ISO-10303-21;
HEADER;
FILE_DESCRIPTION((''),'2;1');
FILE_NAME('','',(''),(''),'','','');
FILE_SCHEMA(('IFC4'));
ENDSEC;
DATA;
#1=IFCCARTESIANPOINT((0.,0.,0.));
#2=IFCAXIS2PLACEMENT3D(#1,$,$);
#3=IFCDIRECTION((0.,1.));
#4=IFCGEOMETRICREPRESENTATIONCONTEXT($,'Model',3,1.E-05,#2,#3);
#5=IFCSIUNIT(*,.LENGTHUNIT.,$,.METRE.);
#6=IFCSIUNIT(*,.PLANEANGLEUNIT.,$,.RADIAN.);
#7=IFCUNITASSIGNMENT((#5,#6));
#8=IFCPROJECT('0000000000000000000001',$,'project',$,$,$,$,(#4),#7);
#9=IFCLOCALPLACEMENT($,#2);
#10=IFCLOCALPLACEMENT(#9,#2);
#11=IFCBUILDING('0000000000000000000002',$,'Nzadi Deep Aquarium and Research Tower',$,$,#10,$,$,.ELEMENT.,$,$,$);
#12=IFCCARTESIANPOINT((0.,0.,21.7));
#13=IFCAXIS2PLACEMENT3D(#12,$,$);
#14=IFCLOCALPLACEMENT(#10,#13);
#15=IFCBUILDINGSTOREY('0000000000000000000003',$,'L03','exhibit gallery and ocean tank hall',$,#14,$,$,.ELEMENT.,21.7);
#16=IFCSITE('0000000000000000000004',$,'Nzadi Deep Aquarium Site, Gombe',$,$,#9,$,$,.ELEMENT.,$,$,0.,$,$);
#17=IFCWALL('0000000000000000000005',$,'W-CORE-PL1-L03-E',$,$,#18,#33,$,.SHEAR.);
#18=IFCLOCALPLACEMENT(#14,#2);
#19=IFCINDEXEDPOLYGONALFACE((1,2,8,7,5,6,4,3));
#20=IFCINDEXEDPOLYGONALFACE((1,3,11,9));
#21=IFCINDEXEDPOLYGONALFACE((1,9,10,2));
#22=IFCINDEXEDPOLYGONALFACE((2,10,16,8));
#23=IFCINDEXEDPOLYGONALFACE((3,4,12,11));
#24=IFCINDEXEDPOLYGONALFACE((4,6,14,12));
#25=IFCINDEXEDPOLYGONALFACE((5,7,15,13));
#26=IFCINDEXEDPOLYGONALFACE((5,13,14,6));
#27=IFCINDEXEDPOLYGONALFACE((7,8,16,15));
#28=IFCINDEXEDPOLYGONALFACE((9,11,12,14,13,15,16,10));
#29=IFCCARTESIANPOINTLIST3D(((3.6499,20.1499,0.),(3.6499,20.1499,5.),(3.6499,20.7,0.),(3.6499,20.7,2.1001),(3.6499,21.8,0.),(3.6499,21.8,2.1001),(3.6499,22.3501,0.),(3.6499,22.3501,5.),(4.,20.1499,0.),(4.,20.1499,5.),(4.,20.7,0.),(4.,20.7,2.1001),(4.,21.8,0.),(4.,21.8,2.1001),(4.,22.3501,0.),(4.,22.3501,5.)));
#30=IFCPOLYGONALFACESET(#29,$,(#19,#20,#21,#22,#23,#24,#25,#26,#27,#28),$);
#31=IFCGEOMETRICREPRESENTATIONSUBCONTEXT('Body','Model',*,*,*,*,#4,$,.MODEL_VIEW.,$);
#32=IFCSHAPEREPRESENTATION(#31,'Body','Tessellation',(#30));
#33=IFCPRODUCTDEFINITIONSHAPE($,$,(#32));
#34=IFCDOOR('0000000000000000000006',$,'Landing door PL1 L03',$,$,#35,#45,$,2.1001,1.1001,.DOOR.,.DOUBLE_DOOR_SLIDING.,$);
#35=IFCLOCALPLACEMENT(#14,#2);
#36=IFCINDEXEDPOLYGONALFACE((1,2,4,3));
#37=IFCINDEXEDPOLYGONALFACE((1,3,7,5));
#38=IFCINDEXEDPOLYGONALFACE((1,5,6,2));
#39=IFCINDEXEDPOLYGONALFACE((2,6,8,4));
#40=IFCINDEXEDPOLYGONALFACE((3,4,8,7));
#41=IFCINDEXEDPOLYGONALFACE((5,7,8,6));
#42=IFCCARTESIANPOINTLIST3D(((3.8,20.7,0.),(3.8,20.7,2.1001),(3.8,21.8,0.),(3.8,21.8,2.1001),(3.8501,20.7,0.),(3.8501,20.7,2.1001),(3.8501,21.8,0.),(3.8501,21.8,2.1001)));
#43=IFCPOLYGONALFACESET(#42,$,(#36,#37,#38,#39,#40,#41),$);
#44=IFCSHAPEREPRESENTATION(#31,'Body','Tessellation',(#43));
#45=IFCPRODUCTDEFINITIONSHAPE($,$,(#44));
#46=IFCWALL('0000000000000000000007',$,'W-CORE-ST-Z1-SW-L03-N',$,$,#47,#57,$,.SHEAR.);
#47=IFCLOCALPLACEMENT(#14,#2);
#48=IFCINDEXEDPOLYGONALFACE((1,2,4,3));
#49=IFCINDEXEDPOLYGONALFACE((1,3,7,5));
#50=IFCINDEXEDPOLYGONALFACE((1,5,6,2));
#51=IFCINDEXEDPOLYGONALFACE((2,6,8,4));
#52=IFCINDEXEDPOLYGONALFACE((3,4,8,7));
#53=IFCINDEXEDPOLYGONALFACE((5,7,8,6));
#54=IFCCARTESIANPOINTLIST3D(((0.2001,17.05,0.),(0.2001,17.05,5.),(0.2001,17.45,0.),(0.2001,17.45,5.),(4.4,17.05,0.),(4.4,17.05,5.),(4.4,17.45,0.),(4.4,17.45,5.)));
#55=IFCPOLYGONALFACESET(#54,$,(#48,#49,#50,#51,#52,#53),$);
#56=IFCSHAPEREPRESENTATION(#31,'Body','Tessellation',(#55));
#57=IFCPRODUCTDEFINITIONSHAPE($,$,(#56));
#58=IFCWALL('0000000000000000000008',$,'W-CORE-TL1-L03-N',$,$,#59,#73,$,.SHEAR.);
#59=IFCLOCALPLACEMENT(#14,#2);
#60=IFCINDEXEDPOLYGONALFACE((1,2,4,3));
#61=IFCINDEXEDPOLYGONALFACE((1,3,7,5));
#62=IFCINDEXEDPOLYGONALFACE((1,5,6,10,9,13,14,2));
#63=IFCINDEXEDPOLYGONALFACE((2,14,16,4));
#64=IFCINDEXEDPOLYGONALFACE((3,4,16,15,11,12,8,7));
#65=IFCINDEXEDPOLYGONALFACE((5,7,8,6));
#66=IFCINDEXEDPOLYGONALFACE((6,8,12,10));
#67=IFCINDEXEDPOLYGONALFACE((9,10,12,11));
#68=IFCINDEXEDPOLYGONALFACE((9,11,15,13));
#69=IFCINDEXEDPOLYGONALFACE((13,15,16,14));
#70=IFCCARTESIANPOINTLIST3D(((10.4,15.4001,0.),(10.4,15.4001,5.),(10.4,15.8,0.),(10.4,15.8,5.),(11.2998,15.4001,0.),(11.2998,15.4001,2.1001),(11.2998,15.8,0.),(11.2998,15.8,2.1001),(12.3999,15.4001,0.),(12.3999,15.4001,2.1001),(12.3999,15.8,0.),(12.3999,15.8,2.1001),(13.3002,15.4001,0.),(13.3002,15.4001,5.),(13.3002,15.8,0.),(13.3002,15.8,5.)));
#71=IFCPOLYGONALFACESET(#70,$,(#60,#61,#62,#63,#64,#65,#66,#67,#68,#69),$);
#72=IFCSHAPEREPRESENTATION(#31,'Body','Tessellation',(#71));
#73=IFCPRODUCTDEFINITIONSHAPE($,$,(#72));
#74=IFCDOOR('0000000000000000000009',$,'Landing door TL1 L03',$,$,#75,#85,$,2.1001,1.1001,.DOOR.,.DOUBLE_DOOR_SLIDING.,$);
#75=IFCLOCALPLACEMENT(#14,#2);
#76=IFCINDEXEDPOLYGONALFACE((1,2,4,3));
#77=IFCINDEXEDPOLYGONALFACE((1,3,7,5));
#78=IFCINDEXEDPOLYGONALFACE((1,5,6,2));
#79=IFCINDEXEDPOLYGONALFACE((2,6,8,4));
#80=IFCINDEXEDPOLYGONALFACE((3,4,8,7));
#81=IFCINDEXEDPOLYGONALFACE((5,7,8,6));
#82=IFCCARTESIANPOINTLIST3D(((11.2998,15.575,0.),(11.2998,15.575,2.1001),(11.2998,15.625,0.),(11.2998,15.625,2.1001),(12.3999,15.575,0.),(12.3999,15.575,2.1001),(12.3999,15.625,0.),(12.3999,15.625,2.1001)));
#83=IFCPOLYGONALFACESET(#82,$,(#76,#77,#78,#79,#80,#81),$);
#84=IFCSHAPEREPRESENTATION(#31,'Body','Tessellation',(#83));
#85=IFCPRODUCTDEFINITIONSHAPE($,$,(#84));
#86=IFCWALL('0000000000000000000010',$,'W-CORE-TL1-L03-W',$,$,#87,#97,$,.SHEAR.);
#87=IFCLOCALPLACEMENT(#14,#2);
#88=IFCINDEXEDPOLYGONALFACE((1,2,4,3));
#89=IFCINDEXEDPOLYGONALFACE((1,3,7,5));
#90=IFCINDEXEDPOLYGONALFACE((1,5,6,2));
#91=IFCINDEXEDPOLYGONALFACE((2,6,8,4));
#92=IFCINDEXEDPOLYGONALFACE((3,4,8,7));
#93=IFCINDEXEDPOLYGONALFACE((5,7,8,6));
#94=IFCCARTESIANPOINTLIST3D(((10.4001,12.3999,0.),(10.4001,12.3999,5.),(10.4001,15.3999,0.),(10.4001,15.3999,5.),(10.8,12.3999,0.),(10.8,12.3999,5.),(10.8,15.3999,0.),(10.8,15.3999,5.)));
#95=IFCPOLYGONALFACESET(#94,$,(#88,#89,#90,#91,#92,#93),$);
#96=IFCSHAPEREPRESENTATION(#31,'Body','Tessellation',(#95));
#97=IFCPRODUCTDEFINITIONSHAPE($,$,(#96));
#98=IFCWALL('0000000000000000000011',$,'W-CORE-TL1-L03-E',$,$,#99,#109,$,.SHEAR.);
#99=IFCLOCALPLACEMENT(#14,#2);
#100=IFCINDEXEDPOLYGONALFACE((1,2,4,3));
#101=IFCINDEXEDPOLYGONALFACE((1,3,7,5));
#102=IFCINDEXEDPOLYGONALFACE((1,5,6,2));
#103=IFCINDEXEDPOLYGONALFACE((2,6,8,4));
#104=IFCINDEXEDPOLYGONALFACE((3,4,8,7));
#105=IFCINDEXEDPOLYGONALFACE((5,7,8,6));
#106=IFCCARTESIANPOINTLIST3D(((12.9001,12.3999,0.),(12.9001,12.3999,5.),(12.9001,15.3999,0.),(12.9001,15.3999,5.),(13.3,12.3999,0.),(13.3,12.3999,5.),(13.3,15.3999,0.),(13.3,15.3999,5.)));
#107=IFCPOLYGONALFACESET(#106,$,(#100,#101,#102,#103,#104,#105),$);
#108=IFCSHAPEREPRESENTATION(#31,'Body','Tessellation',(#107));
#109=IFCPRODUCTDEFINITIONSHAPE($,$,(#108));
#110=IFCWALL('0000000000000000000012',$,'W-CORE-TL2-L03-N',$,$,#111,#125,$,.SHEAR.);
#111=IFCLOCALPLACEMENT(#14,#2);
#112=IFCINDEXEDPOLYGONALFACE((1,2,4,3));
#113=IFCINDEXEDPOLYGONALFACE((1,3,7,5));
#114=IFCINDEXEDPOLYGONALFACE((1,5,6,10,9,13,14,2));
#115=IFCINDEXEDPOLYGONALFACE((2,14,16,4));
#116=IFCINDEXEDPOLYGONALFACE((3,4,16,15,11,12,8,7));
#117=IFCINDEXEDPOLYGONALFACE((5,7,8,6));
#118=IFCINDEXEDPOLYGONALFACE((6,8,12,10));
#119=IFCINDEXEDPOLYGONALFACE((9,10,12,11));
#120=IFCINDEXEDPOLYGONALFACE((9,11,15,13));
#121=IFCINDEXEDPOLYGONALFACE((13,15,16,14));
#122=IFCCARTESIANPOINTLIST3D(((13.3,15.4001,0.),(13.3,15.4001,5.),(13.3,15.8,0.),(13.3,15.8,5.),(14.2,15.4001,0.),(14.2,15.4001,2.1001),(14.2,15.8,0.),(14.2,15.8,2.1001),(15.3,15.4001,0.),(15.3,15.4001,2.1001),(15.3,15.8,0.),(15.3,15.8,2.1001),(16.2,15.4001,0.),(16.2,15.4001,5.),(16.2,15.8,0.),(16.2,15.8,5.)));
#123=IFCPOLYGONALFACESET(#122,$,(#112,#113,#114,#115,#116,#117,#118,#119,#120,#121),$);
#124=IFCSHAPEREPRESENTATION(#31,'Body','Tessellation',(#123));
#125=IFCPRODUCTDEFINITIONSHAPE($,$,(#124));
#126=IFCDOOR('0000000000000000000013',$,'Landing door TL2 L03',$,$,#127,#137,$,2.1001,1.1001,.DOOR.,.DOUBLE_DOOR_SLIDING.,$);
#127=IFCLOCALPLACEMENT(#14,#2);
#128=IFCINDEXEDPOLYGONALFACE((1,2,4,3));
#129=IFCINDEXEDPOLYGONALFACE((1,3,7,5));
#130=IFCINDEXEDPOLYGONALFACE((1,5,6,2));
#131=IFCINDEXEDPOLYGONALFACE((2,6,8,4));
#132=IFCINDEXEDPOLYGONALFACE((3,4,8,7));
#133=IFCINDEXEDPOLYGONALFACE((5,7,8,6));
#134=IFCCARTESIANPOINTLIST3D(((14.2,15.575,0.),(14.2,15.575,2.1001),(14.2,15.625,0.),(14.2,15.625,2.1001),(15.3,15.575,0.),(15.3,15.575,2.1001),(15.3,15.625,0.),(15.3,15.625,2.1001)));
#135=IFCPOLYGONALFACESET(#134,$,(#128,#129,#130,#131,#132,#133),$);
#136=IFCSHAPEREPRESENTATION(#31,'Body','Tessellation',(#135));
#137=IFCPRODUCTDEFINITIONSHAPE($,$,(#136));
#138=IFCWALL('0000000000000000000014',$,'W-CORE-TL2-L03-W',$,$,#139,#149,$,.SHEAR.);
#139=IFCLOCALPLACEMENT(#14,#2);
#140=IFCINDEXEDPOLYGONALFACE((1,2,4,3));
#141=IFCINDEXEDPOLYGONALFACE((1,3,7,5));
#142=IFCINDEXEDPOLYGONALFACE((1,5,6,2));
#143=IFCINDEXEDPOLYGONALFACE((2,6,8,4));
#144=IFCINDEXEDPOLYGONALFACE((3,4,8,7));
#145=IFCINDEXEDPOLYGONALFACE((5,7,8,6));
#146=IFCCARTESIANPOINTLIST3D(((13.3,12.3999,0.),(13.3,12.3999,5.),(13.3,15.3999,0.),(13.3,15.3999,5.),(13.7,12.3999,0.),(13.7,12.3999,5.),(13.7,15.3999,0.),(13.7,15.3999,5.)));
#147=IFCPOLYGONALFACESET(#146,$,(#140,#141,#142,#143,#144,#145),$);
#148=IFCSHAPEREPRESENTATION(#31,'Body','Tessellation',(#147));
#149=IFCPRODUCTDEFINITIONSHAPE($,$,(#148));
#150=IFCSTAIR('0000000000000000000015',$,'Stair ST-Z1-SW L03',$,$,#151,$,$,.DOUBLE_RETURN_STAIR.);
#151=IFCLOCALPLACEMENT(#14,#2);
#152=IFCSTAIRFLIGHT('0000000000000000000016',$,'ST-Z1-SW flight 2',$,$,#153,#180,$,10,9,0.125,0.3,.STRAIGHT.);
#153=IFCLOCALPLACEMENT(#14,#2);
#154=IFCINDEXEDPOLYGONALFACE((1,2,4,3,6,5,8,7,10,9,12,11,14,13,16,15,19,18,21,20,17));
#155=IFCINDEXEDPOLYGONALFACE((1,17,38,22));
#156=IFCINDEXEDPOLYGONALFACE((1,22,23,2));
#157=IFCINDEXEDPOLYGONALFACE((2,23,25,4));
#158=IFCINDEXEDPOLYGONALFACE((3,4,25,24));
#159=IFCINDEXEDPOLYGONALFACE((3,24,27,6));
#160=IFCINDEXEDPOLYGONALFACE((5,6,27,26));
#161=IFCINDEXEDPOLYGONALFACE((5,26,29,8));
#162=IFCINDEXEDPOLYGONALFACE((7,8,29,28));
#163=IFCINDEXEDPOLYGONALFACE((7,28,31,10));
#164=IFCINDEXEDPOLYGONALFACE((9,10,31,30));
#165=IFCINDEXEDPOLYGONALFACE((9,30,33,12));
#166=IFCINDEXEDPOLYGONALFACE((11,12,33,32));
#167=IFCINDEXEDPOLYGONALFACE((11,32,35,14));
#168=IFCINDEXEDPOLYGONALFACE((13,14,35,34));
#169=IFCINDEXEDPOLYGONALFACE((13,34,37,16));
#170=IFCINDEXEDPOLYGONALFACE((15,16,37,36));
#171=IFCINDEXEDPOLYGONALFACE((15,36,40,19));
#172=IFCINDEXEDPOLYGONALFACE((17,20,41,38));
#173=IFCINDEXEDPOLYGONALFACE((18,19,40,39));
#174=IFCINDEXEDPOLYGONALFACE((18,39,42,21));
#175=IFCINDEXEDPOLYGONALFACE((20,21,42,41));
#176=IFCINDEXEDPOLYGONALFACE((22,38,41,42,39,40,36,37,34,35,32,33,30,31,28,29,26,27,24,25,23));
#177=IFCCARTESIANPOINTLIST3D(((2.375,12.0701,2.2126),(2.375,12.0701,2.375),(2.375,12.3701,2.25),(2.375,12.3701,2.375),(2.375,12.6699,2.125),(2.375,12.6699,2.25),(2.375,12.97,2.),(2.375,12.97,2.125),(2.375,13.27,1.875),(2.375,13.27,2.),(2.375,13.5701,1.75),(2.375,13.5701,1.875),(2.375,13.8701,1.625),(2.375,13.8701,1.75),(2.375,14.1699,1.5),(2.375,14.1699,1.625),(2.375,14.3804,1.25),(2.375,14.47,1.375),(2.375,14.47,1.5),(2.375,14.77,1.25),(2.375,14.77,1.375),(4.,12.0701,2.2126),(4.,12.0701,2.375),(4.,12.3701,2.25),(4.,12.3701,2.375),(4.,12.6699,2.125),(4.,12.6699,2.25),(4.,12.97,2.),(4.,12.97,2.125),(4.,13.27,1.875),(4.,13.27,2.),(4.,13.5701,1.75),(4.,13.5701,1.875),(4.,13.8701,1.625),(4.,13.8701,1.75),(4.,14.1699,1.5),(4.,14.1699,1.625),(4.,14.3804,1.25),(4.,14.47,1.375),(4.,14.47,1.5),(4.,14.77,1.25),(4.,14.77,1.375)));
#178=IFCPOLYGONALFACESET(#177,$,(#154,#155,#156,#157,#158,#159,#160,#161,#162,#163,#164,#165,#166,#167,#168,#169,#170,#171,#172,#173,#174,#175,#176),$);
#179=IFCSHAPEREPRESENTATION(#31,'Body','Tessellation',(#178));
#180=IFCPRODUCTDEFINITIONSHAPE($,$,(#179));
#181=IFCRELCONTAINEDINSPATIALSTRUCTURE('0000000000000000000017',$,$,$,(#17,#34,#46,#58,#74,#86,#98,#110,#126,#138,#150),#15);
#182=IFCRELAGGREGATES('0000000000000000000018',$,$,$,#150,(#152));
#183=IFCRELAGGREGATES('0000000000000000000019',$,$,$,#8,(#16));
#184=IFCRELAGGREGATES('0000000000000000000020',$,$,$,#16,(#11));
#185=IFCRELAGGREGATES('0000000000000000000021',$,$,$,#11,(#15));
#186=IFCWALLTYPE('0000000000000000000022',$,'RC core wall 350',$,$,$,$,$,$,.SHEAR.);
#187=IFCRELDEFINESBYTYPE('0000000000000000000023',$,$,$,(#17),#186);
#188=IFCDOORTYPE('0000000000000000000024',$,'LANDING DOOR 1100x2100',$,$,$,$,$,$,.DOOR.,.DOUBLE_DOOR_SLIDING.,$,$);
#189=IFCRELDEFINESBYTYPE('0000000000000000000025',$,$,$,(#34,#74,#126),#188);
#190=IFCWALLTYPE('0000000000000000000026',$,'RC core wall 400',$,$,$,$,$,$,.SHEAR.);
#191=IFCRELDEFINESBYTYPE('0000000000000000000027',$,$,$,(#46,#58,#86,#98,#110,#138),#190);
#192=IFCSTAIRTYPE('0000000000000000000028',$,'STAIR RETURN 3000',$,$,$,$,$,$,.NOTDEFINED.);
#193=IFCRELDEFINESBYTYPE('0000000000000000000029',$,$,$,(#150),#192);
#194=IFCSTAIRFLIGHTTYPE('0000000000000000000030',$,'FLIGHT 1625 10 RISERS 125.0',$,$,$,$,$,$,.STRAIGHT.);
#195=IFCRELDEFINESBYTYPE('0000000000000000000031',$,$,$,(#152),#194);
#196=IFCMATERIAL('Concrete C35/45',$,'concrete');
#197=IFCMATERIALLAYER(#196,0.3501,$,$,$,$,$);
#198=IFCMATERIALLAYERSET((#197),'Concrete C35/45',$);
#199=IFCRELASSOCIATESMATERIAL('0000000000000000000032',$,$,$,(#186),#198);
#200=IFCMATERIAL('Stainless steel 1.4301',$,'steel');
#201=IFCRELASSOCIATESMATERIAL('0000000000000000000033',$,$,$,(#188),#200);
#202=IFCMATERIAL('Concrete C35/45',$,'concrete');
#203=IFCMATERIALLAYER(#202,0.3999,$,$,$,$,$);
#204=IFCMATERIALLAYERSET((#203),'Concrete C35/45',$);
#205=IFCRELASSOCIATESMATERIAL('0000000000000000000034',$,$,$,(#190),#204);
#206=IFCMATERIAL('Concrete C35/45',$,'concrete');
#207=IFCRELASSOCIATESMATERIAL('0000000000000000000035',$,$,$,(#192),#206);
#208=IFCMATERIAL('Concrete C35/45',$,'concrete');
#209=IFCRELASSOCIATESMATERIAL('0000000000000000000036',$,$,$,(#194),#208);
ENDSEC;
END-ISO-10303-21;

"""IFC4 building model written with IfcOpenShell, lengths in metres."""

from ifc_helpers import new_model, si_unit, direction, frame, frame_2d, origin, place, context, subcontext, project, spatial, polyline, rectangle, outline, extrude, material, layer, layer_set, type_object, element, fill, aggregate, save


model = new_model("IFC4")

# Units and contexts
model_context = context("Model", 3, precision=1e-05, world=origin(), true_north=direction((0.0, 1.0)))
body_context = subcontext(model_context, "Body", "Model", "MODEL_VIEW")
ifc_project = project(units=[si_unit("LENGTHUNIT", "METRE"), si_unit("PLANEANGLEUNIT", "RADIAN")], contexts=[model_context])

# Site, building, storey
site_placement = place(None, origin())
site = spatial("IfcSite", under=ifc_project, at=site_placement, Name="Nzadi Deep Aquarium Site, Gombe", CompositionType="ELEMENT", RefElevation=0.0)
building_placement = place(site_placement, origin())
building = spatial("IfcBuilding", under=site, at=building_placement, Name="Nzadi Deep Aquarium and Research Tower", CompositionType="ELEMENT")
storey_placement = place(building_placement, frame((0.0, 0.0, 21.7)))
storey = spatial("IfcBuildingStorey", under=building, at=storey_placement, Name="L03", Description="exhibit gallery and ocean tank hall", CompositionType="ELEMENT", Elevation=21.7)

# Shared definitions
ifc_material_1 = material(Name="Concrete C35/45", Category="concrete")
ifc_layer_1 = layer(ifc_material_1, 0.3501)
ifc_layer_set_1 = layer_set([ifc_layer_1], Name="Concrete C35/45")
wall_type_1 = type_object("IfcWallType", Name="RC core wall 350", PredefinedType="SHEAR", material=ifc_layer_set_1)

# Wall, opening, door
wall_1_placement = place(storey_placement, frame((3.825, 20.1499, 0.0), z_axis=(0.0, 0.0, 1.0), x_axis=(0.0, 1.0, 0.0)))
wall_1 = element("IfcWall", 1, at=wall_1_placement, inside=storey, type_object=wall_type_1, Name="W-CORE-PL1-L03-E", PredefinedType="SHEAR", context=body_context, shape_type="SweptSolid", body=[
    extrude(rectangle(XDim=2.2002, YDim=0.3501, at=frame_2d((1.1001, 0.0))), origin(), (0.0, 0.0, 1.0), 5.0),
])
opening_1_placement = place(wall_1_placement, frame((0.55, 0.0, 0.0)))
opening_1 = element("IfcOpeningElement", 2, at=opening_1_placement, cuts=wall_1, PredefinedType="OPENING", context=body_context, shape_type="SweptSolid", body=[
    extrude(rectangle(XDim=1.1001, YDim=2.1001, at=frame_2d((0.55, 1.05))), frame((0.0, 0.1851, 0.0), z_axis=(0.0, -1.0, 0.0), x_axis=(1.0, 0.0, 0.0)), (0.0, 0.0, 1.0), 0.3701),
])
ifc_material_2 = material(Name="Stainless steel 1.4301", Category="steel")
door_type_1 = type_object("IfcDoorType", Name="LANDING DOOR 1100x2100", OperationType="DOUBLE_DOOR_SLIDING", PredefinedType="DOOR", material=ifc_material_2)
door_1_placement = place(opening_1_placement, origin())
door_1 = element("IfcDoor", 3, at=door_1_placement, inside=storey, type_object=door_type_1, Name="Landing door PL1 L03", OperationType="DOUBLE_DOOR_SLIDING", OverallHeight=2.1001, OverallWidth=1.1001, PredefinedType="DOOR", context=body_context, shape_type="SweptSolid", body=[
    extrude(rectangle(XDim=1.1001, YDim=2.1001, at=frame_2d((0.55, 1.05))), frame((0.0, 0.0249, 0.0), z_axis=(0.0, -1.0, 0.0), x_axis=(1.0, 0.0, 0.0)), (0.0, 0.0, 1.0), 0.05),
])
fill(opening_1, door_1)

# Wall
ifc_material_3 = material(Name="Concrete C35/45", Category="concrete")
ifc_layer_2 = layer(ifc_material_3, 0.3999)
ifc_layer_set_2 = layer_set([ifc_layer_2], Name="Concrete C35/45")
wall_type_2 = type_object("IfcWallType", Name="RC core wall 400", PredefinedType="SHEAR", material=ifc_layer_set_2)
wall_2_placement = place(storey_placement, frame((0.2, 17.25, 0.0), z_axis=(0.0, 0.0, 1.0), x_axis=(1.0, 0.0, 0.0)))
element("IfcWall", 4, at=wall_2_placement, inside=storey, type_object=wall_type_2, Name="W-CORE-ST-Z1-SW-L03-N", PredefinedType="SHEAR", context=body_context, shape_type="SweptSolid", body=[
    extrude(rectangle(XDim=4.2, YDim=0.3999, at=frame_2d((2.1001, 0.0))), origin(), (0.0, 0.0, 1.0), 5.0),
])

# Wall, opening, door
wall_3_placement = place(storey_placement, frame((10.3999, 15.6001, 0.0), z_axis=(0.0, 0.0, 1.0), x_axis=(1.0, 0.0, 0.0)))
wall_3 = element("IfcWall", 5, at=wall_3_placement, inside=storey, type_object=wall_type_2, Name="W-CORE-TL1-L03-N", PredefinedType="SHEAR", context=body_context, shape_type="SweptSolid", body=[
    extrude(rectangle(XDim=2.9001, YDim=0.3999, at=frame_2d((1.4502, 0.0))), origin(), (0.0, 0.0, 1.0), 5.0),
])
opening_2_placement = place(wall_3_placement, frame((0.8999, 0.0, 0.0)))
opening_2 = element("IfcOpeningElement", 6, at=opening_2_placement, cuts=wall_3, PredefinedType="OPENING", context=body_context, shape_type="SweptSolid", body=[
    extrude(rectangle(XDim=1.1001, YDim=2.1001, at=frame_2d((0.55, 1.05))), frame((0.0, 0.21, 0.0), z_axis=(0.0, -1.0, 0.0), x_axis=(1.0, 0.0, 0.0)), (0.0, 0.0, 1.0), 0.4199),
])
door_2_placement = place(opening_2_placement, origin())
door_2 = element("IfcDoor", 7, at=door_2_placement, inside=storey, type_object=door_type_1, Name="Landing door TL1 L03", OperationType="DOUBLE_DOOR_SLIDING", OverallHeight=2.1001, OverallWidth=1.1001, PredefinedType="DOOR", context=body_context, shape_type="SweptSolid", body=[
    extrude(rectangle(XDim=1.1001, YDim=2.1001, at=frame_2d((0.55, 1.05))), frame((0.0, 0.0249, 0.0), z_axis=(0.0, -1.0, 0.0), x_axis=(1.0, 0.0, 0.0)), (0.0, 0.0, 1.0), 0.05),
])
fill(opening_2, door_2)

# Walls
for number, where, z_axis, x_axis, name in (
    (8, (10.6001, 12.3999, 0.0), (0.0, 0.0, 1.0), (0.0, 1.0, 0.0), "W-CORE-TL1-L03-W"),
    (9, (13.1001, 12.3999, 0.0), (0.0, 0.0, 1.0), (0.0, 1.0, 0.0), "W-CORE-TL1-L03-E"),
):
    element("IfcWall", number, at=place(storey_placement, frame(where, z_axis=z_axis, x_axis=x_axis)), inside=storey, type_object=wall_type_2, Name=name, PredefinedType="SHEAR", context=body_context, shape_type="SweptSolid", body=[
        extrude(rectangle(XDim=3.0, YDim=0.3999, at=frame_2d((1.5, 0.0))), origin(), (0.0, 0.0, 1.0), 5.0),
    ])

# Wall, opening, door
wall_4_placement = place(storey_placement, frame((13.3, 15.6001, 0.0), z_axis=(0.0, 0.0, 1.0), x_axis=(1.0, 0.0, 0.0)))
wall_4 = element("IfcWall", 10, at=wall_4_placement, inside=storey, type_object=wall_type_2, Name="W-CORE-TL2-L03-N", PredefinedType="SHEAR", context=body_context, shape_type="SweptSolid", body=[
    extrude(rectangle(XDim=2.8999, YDim=0.3999, at=frame_2d((1.45, 0.0))), origin(), (0.0, 0.0, 1.0), 5.0),
])
opening_3_placement = place(wall_4_placement, frame((0.8999, 0.0, 0.0)))
opening_3 = element("IfcOpeningElement", 11, at=opening_3_placement, cuts=wall_4, PredefinedType="OPENING", context=body_context, shape_type="SweptSolid", body=[
    extrude(rectangle(XDim=1.1001, YDim=2.1001, at=frame_2d((0.55, 1.05))), frame((0.0, 0.21, 0.0), z_axis=(0.0, -1.0, 0.0), x_axis=(1.0, 0.0, 0.0)), (0.0, 0.0, 1.0), 0.4199),
])
door_3_placement = place(opening_3_placement, origin())
door_3 = element("IfcDoor", 12, at=door_3_placement, inside=storey, type_object=door_type_1, Name="Landing door TL2 L03", OperationType="DOUBLE_DOOR_SLIDING", OverallHeight=2.1001, OverallWidth=1.1001, PredefinedType="DOOR", context=body_context, shape_type="SweptSolid", body=[
    extrude(rectangle(XDim=1.1001, YDim=2.1001, at=frame_2d((0.55, 1.05))), frame((0.0, 0.0249, 0.0), z_axis=(0.0, -1.0, 0.0), x_axis=(1.0, 0.0, 0.0)), (0.0, 0.0, 1.0), 0.05),
])
fill(opening_3, door_3)

# Wall
wall_5_placement = place(storey_placement, frame((13.5, 12.3999, 0.0), z_axis=(0.0, 0.0, 1.0), x_axis=(0.0, 1.0, 0.0)))
element("IfcWall", 13, at=wall_5_placement, inside=storey, type_object=wall_type_2, Name="W-CORE-TL2-L03-W", PredefinedType="SHEAR", context=body_context, shape_type="SweptSolid", body=[
    extrude(rectangle(XDim=3.0, YDim=0.3999, at=frame_2d((1.5, 0.0))), origin(), (0.0, 0.0, 1.0), 5.0),
])

# Stair, stair flight
ifc_material_4 = material(Name="Concrete C35/45", Category="concrete")
stair_type = type_object("IfcStairType", Name="STAIR RETURN 3000", PredefinedType="NOTDEFINED", material=ifc_material_4)
stair_placement = place(storey_placement, origin())
stair = element("IfcStair", 14, at=stair_placement, inside=storey, type_object=stair_type, Name="Stair ST-Z1-SW L03", PredefinedType="DOUBLE_RETURN_STAIR")
ifc_material_5 = material(Name="Concrete C35/45", Category="concrete")
stair_flight_type = type_object("IfcStairFlightType", Name="FLIGHT 1625 10 RISERS 125.0", PredefinedType="STRAIGHT", material=ifc_material_5)
stair_flight_1_placement = place(storey_placement, frame((3.1875, 14.77, 1.25), z_axis=(0.0, 0.0, 1.0), x_axis=(0.0, -1.0, 0.0)))
stair_flight_1 = element("IfcStairFlight", 15, at=stair_flight_1_placement, type_object=stair_flight_type, Name="ST-Z1-SW flight 2", NumberOfRisers=10, NumberOfTreads=9, PredefinedType="STRAIGHT", RiserHeight=0.125, TreadLength=0.3, context=body_context, shape_type="SweptSolid", body=[
    extrude(outline(polyline([(0.0, 0.0), (0.0, 0.125), (0.3, 0.125), (0.3, 0.25), (0.6001, 0.25), (0.6001, 0.375), (0.8999, 0.375), (0.8999, 0.5), (1.2, 0.5), (1.2, 0.625), (1.5, 0.625), (1.5, 0.75), (1.8, 0.75), (1.8, 0.875), (2.1001, 0.875), (2.1001, 1.0), (2.3999, 1.0), (2.3999, 1.125), (2.7, 1.125), (2.7, 1.25), (2.7, 0.9626), (0.3896, 0.0), (0.0, 0.0)])), frame((0.0, 0.8125, 0.0), z_axis=(0.0, -1.0, 0.0), x_axis=(1.0, 0.0, 0.0)), (0.0, 0.0, 1.0), 1.625),
])
aggregate(stair, [stair_flight_1])

save(model, "model.ifc")
